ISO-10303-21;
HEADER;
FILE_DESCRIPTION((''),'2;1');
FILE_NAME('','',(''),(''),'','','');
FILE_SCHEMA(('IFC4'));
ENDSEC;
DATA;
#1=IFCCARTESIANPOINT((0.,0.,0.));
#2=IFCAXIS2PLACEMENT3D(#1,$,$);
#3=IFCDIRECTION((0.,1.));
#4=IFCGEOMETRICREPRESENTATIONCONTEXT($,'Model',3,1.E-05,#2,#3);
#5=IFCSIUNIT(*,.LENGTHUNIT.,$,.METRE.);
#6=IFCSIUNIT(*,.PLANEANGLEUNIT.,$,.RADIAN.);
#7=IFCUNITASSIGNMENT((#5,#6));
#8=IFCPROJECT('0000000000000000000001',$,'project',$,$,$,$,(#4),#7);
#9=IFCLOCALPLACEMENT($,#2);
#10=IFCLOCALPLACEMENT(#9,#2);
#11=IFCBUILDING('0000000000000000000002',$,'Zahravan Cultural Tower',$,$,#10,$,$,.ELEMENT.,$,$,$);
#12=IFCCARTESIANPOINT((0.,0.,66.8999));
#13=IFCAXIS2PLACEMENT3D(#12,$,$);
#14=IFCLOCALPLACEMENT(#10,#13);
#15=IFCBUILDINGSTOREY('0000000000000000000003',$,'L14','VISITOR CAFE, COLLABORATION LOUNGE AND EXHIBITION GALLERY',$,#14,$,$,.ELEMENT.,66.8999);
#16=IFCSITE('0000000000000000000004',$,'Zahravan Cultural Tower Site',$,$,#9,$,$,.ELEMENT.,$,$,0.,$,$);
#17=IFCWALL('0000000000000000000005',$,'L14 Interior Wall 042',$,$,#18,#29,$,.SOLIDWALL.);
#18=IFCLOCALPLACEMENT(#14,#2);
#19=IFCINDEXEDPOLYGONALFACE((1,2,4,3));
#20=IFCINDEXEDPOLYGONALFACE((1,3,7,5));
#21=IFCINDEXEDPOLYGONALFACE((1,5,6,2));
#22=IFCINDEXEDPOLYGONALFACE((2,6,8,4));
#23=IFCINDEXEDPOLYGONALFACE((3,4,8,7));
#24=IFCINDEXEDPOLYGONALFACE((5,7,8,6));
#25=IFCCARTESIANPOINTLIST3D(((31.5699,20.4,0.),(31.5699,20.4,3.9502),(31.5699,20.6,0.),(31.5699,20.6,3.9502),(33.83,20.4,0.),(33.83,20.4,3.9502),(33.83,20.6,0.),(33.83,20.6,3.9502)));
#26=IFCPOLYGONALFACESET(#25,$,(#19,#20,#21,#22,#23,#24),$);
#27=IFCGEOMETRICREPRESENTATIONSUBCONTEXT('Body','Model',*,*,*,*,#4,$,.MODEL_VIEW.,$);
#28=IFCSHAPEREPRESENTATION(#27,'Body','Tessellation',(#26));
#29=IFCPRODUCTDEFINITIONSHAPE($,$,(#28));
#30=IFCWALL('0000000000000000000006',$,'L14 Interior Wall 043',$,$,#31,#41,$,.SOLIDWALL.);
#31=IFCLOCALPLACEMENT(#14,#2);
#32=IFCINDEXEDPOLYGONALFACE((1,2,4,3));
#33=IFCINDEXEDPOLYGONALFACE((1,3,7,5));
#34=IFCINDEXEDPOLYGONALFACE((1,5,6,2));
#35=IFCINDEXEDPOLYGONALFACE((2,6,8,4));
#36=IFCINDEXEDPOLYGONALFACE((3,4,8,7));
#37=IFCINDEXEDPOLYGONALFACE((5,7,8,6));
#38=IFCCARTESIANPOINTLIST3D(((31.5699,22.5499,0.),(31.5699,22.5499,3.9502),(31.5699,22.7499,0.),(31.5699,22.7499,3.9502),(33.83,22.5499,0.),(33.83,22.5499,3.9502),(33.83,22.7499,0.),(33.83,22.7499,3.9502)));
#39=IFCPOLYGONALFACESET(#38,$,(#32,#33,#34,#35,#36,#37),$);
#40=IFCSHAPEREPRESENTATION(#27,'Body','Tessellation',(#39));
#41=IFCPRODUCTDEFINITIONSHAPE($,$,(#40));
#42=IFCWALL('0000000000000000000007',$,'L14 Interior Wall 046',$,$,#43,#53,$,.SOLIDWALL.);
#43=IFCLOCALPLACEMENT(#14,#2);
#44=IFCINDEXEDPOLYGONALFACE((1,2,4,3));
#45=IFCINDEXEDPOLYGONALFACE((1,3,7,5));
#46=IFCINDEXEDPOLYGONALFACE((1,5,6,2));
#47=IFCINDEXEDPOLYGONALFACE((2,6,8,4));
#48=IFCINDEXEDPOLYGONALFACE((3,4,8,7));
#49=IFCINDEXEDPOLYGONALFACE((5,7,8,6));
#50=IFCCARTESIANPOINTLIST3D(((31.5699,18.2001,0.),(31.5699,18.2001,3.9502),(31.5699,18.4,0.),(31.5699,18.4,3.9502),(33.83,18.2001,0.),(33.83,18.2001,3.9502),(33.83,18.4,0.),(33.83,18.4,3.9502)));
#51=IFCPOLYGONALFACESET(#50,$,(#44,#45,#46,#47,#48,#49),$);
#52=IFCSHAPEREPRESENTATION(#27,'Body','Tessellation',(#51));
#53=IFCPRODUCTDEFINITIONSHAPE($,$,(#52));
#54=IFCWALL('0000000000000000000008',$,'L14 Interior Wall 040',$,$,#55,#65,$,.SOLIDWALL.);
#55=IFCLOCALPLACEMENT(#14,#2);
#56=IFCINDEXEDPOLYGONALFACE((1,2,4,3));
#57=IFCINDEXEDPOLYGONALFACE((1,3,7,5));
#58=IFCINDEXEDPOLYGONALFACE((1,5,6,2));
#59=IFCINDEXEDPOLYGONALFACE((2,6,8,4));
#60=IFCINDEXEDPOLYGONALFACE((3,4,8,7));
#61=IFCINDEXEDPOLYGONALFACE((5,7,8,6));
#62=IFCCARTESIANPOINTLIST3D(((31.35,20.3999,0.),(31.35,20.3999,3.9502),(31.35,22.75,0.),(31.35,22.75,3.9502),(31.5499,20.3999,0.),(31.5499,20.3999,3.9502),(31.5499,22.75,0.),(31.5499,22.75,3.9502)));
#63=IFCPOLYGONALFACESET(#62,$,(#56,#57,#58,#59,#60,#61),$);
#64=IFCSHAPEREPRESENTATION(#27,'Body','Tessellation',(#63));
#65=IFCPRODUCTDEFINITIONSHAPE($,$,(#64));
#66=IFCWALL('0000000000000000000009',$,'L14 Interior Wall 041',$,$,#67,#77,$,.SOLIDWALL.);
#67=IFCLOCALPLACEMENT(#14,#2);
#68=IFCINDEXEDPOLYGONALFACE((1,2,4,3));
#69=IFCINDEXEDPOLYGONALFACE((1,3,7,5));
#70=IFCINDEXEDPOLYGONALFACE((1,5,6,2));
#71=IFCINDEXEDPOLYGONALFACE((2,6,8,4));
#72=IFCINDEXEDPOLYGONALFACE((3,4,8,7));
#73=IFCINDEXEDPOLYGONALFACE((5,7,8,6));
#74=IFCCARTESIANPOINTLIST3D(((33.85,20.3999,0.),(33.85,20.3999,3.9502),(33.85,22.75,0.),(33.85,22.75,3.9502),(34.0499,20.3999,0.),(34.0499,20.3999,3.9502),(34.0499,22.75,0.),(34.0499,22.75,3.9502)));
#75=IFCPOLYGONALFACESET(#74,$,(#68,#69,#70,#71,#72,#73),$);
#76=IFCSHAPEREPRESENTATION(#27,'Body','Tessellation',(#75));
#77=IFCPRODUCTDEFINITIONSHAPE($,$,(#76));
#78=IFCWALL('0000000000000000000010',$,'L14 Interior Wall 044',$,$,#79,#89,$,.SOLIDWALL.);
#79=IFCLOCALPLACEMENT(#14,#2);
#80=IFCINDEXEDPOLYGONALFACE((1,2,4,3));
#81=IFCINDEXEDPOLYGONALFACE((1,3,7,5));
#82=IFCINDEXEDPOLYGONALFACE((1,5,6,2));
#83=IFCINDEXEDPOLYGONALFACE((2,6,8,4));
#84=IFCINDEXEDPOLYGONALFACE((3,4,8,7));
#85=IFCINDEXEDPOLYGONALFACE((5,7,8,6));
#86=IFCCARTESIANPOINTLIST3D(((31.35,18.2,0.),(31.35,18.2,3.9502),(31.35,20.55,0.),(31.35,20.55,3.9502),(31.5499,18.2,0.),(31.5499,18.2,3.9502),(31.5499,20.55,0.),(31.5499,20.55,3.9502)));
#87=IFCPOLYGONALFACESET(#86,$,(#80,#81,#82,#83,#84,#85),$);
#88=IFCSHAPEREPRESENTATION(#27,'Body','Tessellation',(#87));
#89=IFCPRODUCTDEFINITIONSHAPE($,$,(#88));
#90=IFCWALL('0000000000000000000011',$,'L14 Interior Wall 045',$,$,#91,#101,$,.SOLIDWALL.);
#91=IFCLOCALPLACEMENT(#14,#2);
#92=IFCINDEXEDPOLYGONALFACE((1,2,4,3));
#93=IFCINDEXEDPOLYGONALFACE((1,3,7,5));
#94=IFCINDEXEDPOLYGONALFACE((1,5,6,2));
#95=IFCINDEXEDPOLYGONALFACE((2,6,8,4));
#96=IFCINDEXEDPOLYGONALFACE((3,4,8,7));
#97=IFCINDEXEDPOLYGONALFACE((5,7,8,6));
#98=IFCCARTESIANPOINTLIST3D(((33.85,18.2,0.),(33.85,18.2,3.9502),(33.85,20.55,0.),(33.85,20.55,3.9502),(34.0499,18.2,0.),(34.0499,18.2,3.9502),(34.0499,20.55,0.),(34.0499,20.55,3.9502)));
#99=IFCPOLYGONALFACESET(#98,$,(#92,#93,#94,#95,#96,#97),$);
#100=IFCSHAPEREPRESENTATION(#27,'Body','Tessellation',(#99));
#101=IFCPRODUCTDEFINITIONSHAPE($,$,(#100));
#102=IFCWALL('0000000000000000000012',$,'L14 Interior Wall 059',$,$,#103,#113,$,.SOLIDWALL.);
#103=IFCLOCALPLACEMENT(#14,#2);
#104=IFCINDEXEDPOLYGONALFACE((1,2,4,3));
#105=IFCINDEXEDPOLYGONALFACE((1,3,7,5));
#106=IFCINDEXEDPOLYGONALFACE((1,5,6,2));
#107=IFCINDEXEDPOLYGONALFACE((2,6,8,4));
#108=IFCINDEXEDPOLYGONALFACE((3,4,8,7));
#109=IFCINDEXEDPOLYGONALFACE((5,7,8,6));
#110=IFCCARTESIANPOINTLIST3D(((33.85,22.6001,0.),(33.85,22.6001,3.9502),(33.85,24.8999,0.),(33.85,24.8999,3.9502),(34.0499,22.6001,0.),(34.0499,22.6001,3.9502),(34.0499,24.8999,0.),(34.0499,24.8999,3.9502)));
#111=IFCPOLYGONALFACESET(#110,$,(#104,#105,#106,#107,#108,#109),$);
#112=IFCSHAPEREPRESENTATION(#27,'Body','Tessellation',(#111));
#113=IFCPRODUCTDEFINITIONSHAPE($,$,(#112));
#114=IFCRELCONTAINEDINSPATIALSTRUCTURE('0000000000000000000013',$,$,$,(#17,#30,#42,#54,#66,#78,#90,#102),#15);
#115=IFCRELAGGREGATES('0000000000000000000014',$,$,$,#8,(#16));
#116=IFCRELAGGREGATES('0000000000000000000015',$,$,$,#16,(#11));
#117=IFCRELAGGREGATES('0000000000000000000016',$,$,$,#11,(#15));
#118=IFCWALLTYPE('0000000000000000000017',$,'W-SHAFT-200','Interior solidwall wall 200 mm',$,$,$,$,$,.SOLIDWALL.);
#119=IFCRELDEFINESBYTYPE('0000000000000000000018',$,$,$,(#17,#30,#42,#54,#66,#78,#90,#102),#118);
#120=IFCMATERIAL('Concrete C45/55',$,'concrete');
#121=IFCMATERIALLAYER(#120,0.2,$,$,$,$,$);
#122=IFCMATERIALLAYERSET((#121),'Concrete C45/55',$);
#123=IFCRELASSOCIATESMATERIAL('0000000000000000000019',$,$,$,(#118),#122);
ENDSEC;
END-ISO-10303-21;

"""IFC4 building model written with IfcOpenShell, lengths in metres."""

from ifc_helpers import new_model, si_unit, direction, frame, frame_2d, origin, place, context, subcontext, project, spatial, rectangle, extrude, source, transform, mapped, material, layer, layer_set, type_object, element, save


model = new_model("IFC4")

# Units and contexts
model_context = context("Model", 3, precision=1e-05, world=origin(), true_north=direction((0.0, 1.0)))
body_context = subcontext(model_context, "Body", "Model", "MODEL_VIEW")
ifc_project = project(units=[si_unit("LENGTHUNIT", "METRE"), si_unit("PLANEANGLEUNIT", "RADIAN")], contexts=[model_context])

# Site, building, storey
site_placement = place(None, origin())
site = spatial("IfcSite", under=ifc_project, at=site_placement, Name="Zahravan Cultural Tower Site", CompositionType="ELEMENT", RefElevation=0.0)
building_placement = place(site_placement, origin())
building = spatial("IfcBuilding", under=site, at=building_placement, Name="Zahravan Cultural Tower", CompositionType="ELEMENT")
storey_placement = place(building_placement, frame((0.0, 0.0, 66.8999)))
storey = spatial("IfcBuildingStorey", under=building, at=storey_placement, Name="L14", Description="VISITOR CAFE, COLLABORATION LOUNGE AND EXHIBITION GALLERY", CompositionType="ELEMENT", Elevation=66.8999)

# Shared definitions
ifc_material_1 = material(Name="Concrete C45/55", Category="concrete")
ifc_layer_1 = layer(ifc_material_1, 0.2)
ifc_layer_set_1 = layer_set([ifc_layer_1], Name="Concrete C45/55")
wall_type_1 = type_object("IfcWallType", Name="W-SHAFT-200", Description="Interior solidwall wall 200 mm", PredefinedType="SOLIDWALL", material=ifc_layer_set_1)

# Walls
shared_shape_1 = source(origin(), body_context, "Body", "SweptSolid", [
    extrude(rectangle(XDim=2.26, YDim=0.2, at=frame_2d((1.1299, 0.0))), origin(), (0.0, 0.0, 1.0), 3.9502),
])
for number, where, z_axis, x_axis, name in (
    (1, (31.5701, 20.5, 0.0), (0.0, 0.0, 1.0), (1.0, 0.0, 0.0), "L14 Interior Wall 042"),
    (2, (31.5701, 22.6499, 0.0), (0.0, 0.0, 1.0), (1.0, 0.0, 0.0), "L14 Interior Wall 043"),
    (3, (31.5701, 18.3, 0.0), (0.0, 0.0, 1.0), (1.0, 0.0, 0.0), "L14 Interior Wall 046"),
):
    element("IfcWall", number, at=place(storey_placement, frame(where, z_axis=z_axis, x_axis=x_axis)), inside=storey, type_object=wall_type_1, Name=name, PredefinedType="SOLIDWALL", context=body_context, shape_type="MappedRepresentation", body=[
        mapped(shared_shape_1, transform((0.0, 0.0, 0.0), x_axis=(1.0, 0.0, 0.0), y_axis=(0.0, 1.0, 0.0), z_axis=(0.0, 0.0, 1.0), scale=1.0)),
    ])
shared_shape_2 = source(origin(), body_context, "Body", "SweptSolid", [
    extrude(rectangle(XDim=2.3501, YDim=0.2, at=frame_2d((1.175, 0.0))), origin(), (0.0, 0.0, 1.0), 3.9502),
])
for number, where, z_axis, x_axis, name in (
    (4, (31.45, 20.3999, 0.0), (0.0, 0.0, 1.0), (0.0, 1.0, 0.0), "L14 Interior Wall 040"),
    (5, (33.95, 20.3999, 0.0), (0.0, 0.0, 1.0), (0.0, 1.0, 0.0), "L14 Interior Wall 041"),
    (6, (31.45, 18.2, 0.0), (0.0, 0.0, 1.0), (0.0, 1.0, 0.0), "L14 Interior Wall 044"),
    (7, (33.95, 18.2, 0.0), (0.0, 0.0, 1.0), (0.0, 1.0, 0.0), "L14 Interior Wall 045"),
):
    element("IfcWall", number, at=place(storey_placement, frame(where, z_axis=z_axis, x_axis=x_axis)), inside=storey, type_object=wall_type_1, Name=name, PredefinedType="SOLIDWALL", context=body_context, shape_type="MappedRepresentation", body=[
        mapped(shared_shape_2, transform((0.0, 0.0, 0.0), x_axis=(1.0, 0.0, 0.0), y_axis=(0.0, 1.0, 0.0), z_axis=(0.0, 0.0, 1.0), scale=1.0)),
    ])
shared_shape_3 = source(origin(), body_context, "Body", "SweptSolid", [
    extrude(rectangle(XDim=2.2998, YDim=0.2, at=frame_2d((1.1499, 0.0))), origin(), (0.0, 0.0, 1.0), 3.9502),
])
wall_1_placement = place(storey_placement, frame((33.95, 22.6001, 0.0), z_axis=(0.0, 0.0, 1.0), x_axis=(0.0, 1.0, 0.0)))
element("IfcWall", 8, at=wall_1_placement, inside=storey, type_object=wall_type_1, Name="L14 Interior Wall 059", PredefinedType="SOLIDWALL", context=body_context, shape_type="MappedRepresentation", body=[
    mapped(shared_shape_3, transform((0.0, 0.0, 0.0), x_axis=(1.0, 0.0, 0.0), y_axis=(0.0, 1.0, 0.0), z_axis=(0.0, 0.0, 1.0), scale=1.0)),
])

save(model, "model.ifc")
